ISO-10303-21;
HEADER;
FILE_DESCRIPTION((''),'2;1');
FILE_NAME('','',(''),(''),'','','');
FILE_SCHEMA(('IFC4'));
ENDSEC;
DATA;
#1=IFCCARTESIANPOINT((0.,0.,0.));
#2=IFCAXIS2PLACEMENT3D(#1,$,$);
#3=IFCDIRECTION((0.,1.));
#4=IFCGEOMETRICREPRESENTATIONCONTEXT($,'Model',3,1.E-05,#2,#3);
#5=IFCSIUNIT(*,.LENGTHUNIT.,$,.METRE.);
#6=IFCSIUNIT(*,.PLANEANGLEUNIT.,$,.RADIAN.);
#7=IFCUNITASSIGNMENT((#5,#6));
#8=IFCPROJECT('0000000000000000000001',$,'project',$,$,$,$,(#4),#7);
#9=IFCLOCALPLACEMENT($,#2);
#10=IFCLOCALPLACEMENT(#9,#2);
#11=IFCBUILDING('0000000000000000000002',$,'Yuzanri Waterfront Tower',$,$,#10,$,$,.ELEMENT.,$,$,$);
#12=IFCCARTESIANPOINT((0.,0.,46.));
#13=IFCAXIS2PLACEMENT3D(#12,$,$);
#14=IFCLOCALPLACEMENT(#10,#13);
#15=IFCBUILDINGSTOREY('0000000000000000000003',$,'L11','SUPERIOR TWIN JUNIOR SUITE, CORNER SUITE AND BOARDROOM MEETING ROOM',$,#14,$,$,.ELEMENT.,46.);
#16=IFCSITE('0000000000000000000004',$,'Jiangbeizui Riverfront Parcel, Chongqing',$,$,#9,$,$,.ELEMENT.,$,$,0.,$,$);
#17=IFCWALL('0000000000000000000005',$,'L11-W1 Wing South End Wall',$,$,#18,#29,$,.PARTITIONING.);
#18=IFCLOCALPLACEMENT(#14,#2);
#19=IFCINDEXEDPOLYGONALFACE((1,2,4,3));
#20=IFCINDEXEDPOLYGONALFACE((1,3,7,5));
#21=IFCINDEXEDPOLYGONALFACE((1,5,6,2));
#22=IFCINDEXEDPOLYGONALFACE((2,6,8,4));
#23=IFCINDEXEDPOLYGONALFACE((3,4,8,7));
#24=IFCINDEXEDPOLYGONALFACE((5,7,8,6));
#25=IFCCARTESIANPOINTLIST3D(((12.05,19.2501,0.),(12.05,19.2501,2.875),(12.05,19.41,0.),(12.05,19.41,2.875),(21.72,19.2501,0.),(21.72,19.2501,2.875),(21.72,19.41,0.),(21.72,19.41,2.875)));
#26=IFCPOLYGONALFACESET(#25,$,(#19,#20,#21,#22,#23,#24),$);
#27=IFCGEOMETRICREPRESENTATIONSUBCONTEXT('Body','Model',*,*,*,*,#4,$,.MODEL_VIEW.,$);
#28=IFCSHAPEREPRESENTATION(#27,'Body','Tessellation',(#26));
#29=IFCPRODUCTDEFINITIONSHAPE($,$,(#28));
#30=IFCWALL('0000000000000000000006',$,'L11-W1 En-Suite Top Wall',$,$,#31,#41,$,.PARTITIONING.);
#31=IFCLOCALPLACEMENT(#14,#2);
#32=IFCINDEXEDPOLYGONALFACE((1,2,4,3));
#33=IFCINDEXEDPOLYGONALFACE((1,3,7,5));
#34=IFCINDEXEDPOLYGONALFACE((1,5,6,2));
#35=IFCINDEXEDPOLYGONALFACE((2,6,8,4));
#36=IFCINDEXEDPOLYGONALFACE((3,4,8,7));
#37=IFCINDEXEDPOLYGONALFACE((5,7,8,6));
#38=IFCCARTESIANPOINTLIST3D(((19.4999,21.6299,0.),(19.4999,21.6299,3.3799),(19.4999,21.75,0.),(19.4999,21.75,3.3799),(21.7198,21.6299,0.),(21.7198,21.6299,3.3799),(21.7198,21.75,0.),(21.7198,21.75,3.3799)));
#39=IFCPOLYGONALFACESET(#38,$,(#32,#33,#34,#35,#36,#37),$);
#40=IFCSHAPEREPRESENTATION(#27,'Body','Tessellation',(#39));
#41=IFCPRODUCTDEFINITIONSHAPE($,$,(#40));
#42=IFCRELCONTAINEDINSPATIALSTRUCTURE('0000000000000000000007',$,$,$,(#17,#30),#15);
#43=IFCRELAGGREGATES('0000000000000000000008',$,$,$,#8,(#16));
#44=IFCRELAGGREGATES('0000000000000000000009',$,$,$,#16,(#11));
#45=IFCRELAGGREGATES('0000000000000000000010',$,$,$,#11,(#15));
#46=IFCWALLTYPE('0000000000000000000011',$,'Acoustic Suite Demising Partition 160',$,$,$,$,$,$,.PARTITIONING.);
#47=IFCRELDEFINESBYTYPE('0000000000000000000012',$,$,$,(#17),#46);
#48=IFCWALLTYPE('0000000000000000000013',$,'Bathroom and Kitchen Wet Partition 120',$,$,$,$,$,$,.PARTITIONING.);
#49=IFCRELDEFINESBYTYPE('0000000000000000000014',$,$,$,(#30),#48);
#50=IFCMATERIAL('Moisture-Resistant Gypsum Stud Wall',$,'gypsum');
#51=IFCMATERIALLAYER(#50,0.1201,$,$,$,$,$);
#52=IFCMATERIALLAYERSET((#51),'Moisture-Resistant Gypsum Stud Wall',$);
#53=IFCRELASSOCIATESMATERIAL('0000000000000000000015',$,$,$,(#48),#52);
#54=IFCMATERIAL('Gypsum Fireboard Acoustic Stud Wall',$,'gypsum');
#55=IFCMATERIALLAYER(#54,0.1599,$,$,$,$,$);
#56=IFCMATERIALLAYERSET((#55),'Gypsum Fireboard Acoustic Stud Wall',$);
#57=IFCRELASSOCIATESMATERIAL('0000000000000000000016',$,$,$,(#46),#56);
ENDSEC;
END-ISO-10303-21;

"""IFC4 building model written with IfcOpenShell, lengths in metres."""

from ifc_helpers import new_model, si_unit, direction, frame, frame_2d, origin, place, context, subcontext, project, spatial, rectangle, extrude, source, transform, mapped, material, layer, layer_set, type_object, element, save


model = new_model("IFC4")

# Units and contexts
model_context = context("Model", 3, precision=1e-05, world=origin(), true_north=direction((0.0, 1.0)))
body_context = subcontext(model_context, "Body", "Model", "MODEL_VIEW")
ifc_project = project(units=[si_unit("LENGTHUNIT", "METRE"), si_unit("PLANEANGLEUNIT", "RADIAN")], contexts=[model_context])

# Site, building, storey
site_placement = place(None, origin())
site = spatial("IfcSite", under=ifc_project, at=site_placement, Name="Jiangbeizui Riverfront Parcel, Chongqing", CompositionType="ELEMENT", RefElevation=0.0)
building_placement = place(site_placement, origin())
building = spatial("IfcBuilding", under=site, at=building_placement, Name="Yuzanri Waterfront Tower", CompositionType="ELEMENT")
storey_placement = place(building_placement, frame((0.0, 0.0, 46.0)))
storey = spatial("IfcBuildingStorey", under=building, at=storey_placement, Name="L11", Description="SUPERIOR TWIN JUNIOR SUITE, CORNER SUITE AND BOARDROOM MEETING ROOM", CompositionType="ELEMENT", Elevation=46.0)

# Shared definitions
ifc_material_1 = material(Name="Moisture-Resistant Gypsum Stud Wall", Category="gypsum")
ifc_layer_1 = layer(ifc_material_1, 0.1201)
ifc_layer_set_1 = layer_set([ifc_layer_1], Name="Moisture-Resistant Gypsum Stud Wall")
wall_type_1 = type_object("IfcWallType", Name="Bathroom and Kitchen Wet Partition 120", PredefinedType="PARTITIONING", material=ifc_layer_set_1)

# Walls
ifc_material_2 = material(Name="Gypsum Fireboard Acoustic Stud Wall", Category="gypsum")
ifc_layer_2 = layer(ifc_material_2, 0.1599)
ifc_layer_set_2 = layer_set([ifc_layer_2], Name="Gypsum Fireboard Acoustic Stud Wall")
wall_type_2 = type_object("IfcWallType", Name="Acoustic Suite Demising Partition 160", PredefinedType="PARTITIONING", material=ifc_layer_set_2)
shared_shape_1 = source(origin(), body_context, "Body", "SweptSolid", [
    extrude(rectangle(XDim=9.6699, YDim=0.1599, at=frame_2d((4.835, 0.0))), origin(), (0.0, 0.0, 1.0), 2.875),
])
wall_1_placement = place(storey_placement, frame((12.05, 19.3301, 0.0), z_axis=(0.0, 0.0, 1.0), x_axis=(1.0, 0.0, 0.0)))
element("IfcWall", 1, at=wall_1_placement, inside=storey, type_object=wall_type_2, Name="L11-W1 Wing South End Wall", PredefinedType="PARTITIONING", context=body_context, shape_type="MappedRepresentation", body=[
    mapped(shared_shape_1, transform((0.0, 0.0, 0.0), scale=1.0)),
])
shared_shape_2 = source(origin(), body_context, "Body", "SweptSolid", [
    extrude(rectangle(XDim=2.22, YDim=0.1201, at=frame_2d((1.1099, 0.0))), origin(), (0.0, 0.0, 1.0), 3.3799),
])
wall_2_placement = place(storey_placement, frame((19.5, 21.6899, 0.0), z_axis=(0.0, 0.0, 1.0), x_axis=(1.0, 0.0, 0.0)))
element("IfcWall", 2, at=wall_2_placement, inside=storey, type_object=wall_type_1, Name="L11-W1 En-Suite Top Wall", PredefinedType="PARTITIONING", context=body_context, shape_type="MappedRepresentation", body=[
    mapped(shared_shape_2, transform((0.0, 0.0, 0.0), scale=1.0)),
])

save(model, "model.ifc")
